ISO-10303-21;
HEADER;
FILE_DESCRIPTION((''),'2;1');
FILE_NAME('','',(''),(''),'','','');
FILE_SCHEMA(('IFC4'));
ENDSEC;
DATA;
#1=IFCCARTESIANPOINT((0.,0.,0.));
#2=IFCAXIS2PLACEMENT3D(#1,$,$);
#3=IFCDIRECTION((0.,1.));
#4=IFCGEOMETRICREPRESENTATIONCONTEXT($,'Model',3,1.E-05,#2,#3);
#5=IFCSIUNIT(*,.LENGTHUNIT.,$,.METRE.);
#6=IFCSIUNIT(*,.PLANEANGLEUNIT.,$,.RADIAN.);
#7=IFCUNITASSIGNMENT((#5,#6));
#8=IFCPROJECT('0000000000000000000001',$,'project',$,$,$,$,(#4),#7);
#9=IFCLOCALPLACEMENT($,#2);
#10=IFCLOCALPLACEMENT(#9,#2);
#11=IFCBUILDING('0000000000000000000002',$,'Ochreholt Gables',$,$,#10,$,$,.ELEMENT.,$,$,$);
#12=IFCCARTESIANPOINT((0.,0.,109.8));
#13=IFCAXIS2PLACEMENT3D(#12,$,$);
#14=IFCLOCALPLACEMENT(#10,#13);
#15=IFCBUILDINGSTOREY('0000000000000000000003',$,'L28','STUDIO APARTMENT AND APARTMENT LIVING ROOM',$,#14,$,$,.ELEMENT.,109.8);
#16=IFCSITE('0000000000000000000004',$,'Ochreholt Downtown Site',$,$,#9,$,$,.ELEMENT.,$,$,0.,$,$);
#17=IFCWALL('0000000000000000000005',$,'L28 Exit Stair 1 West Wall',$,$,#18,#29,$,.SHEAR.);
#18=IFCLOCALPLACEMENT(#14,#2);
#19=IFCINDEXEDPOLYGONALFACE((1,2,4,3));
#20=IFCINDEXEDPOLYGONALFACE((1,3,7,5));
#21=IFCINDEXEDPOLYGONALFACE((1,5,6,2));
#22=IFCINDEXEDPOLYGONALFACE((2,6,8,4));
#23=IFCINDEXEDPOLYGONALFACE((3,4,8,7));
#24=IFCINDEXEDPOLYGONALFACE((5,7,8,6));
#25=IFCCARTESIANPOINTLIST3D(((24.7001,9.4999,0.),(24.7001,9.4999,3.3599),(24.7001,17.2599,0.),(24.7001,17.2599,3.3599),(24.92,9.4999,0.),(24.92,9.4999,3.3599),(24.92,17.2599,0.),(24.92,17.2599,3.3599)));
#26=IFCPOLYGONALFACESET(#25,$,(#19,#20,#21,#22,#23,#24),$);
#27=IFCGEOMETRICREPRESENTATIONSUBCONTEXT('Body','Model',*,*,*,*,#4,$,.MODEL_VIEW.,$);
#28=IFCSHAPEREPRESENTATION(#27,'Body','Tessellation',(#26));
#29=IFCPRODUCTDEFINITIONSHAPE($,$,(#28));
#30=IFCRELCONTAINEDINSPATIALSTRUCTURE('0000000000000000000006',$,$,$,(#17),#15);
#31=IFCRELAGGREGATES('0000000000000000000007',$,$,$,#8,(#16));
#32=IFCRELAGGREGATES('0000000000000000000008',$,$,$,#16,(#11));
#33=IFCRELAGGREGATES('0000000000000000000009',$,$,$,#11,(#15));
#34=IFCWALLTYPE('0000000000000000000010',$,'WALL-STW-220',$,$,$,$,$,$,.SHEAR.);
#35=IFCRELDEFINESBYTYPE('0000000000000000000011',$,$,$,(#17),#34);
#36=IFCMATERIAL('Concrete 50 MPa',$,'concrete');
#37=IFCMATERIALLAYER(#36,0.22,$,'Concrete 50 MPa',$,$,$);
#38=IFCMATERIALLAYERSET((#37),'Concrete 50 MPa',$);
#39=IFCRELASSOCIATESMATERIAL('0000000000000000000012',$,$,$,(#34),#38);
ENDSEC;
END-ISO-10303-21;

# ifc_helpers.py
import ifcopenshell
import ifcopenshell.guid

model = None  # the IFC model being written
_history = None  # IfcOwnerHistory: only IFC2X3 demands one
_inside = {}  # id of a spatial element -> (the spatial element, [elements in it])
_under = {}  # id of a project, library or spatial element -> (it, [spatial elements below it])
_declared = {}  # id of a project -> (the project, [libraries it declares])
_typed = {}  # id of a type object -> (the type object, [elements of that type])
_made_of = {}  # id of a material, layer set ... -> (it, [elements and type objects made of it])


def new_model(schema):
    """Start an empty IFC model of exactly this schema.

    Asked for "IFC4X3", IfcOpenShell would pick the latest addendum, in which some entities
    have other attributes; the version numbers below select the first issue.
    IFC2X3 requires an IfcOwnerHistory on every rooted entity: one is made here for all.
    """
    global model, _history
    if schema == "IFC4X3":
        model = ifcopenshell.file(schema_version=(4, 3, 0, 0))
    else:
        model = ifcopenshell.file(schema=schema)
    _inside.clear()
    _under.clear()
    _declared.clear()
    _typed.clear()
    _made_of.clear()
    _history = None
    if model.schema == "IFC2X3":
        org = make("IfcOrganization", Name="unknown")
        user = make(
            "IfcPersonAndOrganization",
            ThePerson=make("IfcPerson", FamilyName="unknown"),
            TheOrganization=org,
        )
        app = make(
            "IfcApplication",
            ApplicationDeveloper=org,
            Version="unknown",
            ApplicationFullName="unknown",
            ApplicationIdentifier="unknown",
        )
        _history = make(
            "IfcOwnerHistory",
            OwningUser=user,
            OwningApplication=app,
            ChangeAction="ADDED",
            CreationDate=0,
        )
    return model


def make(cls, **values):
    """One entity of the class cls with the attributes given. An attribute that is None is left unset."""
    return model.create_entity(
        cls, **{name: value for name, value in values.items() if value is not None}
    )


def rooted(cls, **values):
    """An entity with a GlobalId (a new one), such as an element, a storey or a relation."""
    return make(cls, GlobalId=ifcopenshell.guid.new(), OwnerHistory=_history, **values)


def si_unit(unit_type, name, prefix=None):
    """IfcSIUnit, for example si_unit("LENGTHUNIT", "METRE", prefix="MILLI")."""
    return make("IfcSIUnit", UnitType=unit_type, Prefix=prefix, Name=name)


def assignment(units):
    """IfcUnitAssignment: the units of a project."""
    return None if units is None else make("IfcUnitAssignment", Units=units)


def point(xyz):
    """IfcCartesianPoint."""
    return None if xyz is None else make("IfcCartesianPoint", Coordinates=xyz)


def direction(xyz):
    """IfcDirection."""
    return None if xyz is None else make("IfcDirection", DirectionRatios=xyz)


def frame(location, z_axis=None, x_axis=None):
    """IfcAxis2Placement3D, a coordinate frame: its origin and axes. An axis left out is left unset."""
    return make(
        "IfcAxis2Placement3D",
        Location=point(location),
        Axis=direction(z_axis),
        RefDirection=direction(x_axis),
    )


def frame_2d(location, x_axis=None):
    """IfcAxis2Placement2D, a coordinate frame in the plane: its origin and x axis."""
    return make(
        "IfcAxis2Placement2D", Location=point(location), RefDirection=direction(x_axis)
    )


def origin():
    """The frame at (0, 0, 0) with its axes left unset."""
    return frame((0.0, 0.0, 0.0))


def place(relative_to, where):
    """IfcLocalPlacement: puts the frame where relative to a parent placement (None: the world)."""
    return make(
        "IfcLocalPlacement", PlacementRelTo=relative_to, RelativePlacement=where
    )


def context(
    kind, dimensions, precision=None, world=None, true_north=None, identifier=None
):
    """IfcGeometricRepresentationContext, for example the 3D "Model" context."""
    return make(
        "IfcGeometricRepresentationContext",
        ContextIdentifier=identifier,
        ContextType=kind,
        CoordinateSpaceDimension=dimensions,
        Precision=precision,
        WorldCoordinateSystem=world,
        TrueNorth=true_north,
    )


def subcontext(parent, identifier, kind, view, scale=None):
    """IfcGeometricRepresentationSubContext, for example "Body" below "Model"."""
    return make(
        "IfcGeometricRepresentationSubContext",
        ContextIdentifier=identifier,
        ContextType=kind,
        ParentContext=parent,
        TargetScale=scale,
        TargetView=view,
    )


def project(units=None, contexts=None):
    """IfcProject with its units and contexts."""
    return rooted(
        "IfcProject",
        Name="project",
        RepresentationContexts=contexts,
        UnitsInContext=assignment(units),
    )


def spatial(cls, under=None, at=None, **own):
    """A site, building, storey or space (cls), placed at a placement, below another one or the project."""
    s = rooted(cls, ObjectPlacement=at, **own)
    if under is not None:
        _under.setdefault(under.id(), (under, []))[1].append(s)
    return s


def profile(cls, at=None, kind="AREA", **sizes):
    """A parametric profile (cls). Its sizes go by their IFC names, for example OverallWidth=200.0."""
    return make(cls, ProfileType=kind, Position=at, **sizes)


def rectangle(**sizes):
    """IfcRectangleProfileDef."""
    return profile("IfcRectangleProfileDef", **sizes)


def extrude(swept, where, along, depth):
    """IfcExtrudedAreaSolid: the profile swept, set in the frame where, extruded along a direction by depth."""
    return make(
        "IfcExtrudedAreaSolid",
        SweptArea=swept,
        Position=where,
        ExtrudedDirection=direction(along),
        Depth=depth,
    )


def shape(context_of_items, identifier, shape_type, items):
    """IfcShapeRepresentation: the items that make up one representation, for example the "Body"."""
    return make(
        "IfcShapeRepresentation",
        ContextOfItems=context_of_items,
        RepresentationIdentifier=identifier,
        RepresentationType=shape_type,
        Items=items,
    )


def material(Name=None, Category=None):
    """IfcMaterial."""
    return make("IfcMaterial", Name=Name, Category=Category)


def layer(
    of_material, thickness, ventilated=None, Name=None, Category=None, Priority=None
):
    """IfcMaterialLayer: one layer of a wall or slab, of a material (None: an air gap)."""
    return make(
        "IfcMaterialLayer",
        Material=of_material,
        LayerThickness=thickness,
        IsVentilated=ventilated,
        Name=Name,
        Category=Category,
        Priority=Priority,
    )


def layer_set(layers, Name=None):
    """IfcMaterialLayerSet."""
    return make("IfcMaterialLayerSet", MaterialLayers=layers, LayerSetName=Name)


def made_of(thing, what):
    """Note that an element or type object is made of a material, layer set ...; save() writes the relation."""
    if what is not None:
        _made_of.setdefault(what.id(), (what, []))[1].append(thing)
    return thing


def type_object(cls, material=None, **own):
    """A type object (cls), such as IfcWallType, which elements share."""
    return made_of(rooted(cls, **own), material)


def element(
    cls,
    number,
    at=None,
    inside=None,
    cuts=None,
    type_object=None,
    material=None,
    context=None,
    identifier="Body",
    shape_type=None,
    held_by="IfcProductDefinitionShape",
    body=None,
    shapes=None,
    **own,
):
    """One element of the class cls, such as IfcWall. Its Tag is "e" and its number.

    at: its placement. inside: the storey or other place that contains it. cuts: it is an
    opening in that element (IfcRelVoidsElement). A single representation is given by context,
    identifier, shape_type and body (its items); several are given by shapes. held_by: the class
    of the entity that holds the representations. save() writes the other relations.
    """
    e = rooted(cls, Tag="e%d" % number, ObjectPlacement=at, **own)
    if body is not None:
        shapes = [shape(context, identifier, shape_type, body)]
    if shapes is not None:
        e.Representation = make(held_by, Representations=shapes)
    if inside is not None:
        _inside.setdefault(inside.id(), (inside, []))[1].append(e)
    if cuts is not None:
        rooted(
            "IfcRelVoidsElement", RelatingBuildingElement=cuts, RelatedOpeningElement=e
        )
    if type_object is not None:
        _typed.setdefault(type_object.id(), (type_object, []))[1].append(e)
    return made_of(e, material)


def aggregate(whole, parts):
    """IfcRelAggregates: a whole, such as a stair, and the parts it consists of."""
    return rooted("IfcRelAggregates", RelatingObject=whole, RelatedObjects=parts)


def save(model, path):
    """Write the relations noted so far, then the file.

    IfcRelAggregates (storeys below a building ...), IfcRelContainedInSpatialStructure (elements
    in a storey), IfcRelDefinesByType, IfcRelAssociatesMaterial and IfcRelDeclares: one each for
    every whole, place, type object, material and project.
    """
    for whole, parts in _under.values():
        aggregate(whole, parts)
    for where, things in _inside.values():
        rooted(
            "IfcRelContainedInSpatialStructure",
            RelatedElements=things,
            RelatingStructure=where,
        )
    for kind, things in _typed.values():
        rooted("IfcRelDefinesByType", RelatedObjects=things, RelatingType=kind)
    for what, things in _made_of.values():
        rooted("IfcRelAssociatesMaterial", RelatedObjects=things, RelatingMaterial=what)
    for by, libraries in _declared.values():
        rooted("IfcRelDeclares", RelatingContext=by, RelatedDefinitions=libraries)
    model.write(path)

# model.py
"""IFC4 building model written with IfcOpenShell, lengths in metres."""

from ifc_helpers import new_model, si_unit, direction, frame, frame_2d, origin, place, context, subcontext, project, spatial, rectangle, extrude, material, layer, layer_set, type_object, element, save


model = new_model("IFC4")

# Units and contexts
model_context = context("Model", 3, precision=1e-05, world=origin(), true_north=direction((0.0, 1.0)))
body_context = subcontext(model_context, "Body", "Model", "MODEL_VIEW")
ifc_project = project(units=[si_unit("LENGTHUNIT", "METRE"), si_unit("PLANEANGLEUNIT", "RADIAN")], contexts=[model_context])

# Site, building, storey
site_placement = place(None, origin())
site = spatial("IfcSite", under=ifc_project, at=site_placement, Name="Ochreholt Downtown Site", CompositionType="ELEMENT", RefElevation=0.0)
building_placement = place(site_placement, origin())
building = spatial("IfcBuilding", under=site, at=building_placement, Name="Ochreholt Gables", CompositionType="ELEMENT")
storey_placement = place(building_placement, frame((0.0, 0.0, 109.8)))
storey = spatial("IfcBuildingStorey", under=building, at=storey_placement, Name="L28", Description="STUDIO APARTMENT AND APARTMENT LIVING ROOM", CompositionType="ELEMENT", Elevation=109.8)

# Wall
ifc_material_1 = material(Name="Concrete 50 MPa", Category="concrete")
ifc_layer_1 = layer(ifc_material_1, 0.22, Name="Concrete 50 MPa")
ifc_layer_set_1 = layer_set([ifc_layer_1], Name="Concrete 50 MPa")
wall_type_1 = type_object("IfcWallType", Name="WALL-STW-220", PredefinedType="SHEAR", material=ifc_layer_set_1)
wall_1_placement = place(storey_placement, frame((24.8101, 9.5, 0.0), z_axis=(0.0, 0.0, 1.0), x_axis=(0.0, 1.0, 0.0)))
element("IfcWall", 1, at=wall_1_placement, inside=storey, type_object=wall_type_1, Name="L28 Exit Stair 1 West Wall", PredefinedType="SHEAR", context=body_context, shape_type="SweptSolid", body=[
    extrude(rectangle(XDim=7.76, YDim=0.22, at=frame_2d((3.8799, 0.0))), origin(), (0.0, 0.0, 1.0), 3.3599),
])

save(model, "model.ifc")
